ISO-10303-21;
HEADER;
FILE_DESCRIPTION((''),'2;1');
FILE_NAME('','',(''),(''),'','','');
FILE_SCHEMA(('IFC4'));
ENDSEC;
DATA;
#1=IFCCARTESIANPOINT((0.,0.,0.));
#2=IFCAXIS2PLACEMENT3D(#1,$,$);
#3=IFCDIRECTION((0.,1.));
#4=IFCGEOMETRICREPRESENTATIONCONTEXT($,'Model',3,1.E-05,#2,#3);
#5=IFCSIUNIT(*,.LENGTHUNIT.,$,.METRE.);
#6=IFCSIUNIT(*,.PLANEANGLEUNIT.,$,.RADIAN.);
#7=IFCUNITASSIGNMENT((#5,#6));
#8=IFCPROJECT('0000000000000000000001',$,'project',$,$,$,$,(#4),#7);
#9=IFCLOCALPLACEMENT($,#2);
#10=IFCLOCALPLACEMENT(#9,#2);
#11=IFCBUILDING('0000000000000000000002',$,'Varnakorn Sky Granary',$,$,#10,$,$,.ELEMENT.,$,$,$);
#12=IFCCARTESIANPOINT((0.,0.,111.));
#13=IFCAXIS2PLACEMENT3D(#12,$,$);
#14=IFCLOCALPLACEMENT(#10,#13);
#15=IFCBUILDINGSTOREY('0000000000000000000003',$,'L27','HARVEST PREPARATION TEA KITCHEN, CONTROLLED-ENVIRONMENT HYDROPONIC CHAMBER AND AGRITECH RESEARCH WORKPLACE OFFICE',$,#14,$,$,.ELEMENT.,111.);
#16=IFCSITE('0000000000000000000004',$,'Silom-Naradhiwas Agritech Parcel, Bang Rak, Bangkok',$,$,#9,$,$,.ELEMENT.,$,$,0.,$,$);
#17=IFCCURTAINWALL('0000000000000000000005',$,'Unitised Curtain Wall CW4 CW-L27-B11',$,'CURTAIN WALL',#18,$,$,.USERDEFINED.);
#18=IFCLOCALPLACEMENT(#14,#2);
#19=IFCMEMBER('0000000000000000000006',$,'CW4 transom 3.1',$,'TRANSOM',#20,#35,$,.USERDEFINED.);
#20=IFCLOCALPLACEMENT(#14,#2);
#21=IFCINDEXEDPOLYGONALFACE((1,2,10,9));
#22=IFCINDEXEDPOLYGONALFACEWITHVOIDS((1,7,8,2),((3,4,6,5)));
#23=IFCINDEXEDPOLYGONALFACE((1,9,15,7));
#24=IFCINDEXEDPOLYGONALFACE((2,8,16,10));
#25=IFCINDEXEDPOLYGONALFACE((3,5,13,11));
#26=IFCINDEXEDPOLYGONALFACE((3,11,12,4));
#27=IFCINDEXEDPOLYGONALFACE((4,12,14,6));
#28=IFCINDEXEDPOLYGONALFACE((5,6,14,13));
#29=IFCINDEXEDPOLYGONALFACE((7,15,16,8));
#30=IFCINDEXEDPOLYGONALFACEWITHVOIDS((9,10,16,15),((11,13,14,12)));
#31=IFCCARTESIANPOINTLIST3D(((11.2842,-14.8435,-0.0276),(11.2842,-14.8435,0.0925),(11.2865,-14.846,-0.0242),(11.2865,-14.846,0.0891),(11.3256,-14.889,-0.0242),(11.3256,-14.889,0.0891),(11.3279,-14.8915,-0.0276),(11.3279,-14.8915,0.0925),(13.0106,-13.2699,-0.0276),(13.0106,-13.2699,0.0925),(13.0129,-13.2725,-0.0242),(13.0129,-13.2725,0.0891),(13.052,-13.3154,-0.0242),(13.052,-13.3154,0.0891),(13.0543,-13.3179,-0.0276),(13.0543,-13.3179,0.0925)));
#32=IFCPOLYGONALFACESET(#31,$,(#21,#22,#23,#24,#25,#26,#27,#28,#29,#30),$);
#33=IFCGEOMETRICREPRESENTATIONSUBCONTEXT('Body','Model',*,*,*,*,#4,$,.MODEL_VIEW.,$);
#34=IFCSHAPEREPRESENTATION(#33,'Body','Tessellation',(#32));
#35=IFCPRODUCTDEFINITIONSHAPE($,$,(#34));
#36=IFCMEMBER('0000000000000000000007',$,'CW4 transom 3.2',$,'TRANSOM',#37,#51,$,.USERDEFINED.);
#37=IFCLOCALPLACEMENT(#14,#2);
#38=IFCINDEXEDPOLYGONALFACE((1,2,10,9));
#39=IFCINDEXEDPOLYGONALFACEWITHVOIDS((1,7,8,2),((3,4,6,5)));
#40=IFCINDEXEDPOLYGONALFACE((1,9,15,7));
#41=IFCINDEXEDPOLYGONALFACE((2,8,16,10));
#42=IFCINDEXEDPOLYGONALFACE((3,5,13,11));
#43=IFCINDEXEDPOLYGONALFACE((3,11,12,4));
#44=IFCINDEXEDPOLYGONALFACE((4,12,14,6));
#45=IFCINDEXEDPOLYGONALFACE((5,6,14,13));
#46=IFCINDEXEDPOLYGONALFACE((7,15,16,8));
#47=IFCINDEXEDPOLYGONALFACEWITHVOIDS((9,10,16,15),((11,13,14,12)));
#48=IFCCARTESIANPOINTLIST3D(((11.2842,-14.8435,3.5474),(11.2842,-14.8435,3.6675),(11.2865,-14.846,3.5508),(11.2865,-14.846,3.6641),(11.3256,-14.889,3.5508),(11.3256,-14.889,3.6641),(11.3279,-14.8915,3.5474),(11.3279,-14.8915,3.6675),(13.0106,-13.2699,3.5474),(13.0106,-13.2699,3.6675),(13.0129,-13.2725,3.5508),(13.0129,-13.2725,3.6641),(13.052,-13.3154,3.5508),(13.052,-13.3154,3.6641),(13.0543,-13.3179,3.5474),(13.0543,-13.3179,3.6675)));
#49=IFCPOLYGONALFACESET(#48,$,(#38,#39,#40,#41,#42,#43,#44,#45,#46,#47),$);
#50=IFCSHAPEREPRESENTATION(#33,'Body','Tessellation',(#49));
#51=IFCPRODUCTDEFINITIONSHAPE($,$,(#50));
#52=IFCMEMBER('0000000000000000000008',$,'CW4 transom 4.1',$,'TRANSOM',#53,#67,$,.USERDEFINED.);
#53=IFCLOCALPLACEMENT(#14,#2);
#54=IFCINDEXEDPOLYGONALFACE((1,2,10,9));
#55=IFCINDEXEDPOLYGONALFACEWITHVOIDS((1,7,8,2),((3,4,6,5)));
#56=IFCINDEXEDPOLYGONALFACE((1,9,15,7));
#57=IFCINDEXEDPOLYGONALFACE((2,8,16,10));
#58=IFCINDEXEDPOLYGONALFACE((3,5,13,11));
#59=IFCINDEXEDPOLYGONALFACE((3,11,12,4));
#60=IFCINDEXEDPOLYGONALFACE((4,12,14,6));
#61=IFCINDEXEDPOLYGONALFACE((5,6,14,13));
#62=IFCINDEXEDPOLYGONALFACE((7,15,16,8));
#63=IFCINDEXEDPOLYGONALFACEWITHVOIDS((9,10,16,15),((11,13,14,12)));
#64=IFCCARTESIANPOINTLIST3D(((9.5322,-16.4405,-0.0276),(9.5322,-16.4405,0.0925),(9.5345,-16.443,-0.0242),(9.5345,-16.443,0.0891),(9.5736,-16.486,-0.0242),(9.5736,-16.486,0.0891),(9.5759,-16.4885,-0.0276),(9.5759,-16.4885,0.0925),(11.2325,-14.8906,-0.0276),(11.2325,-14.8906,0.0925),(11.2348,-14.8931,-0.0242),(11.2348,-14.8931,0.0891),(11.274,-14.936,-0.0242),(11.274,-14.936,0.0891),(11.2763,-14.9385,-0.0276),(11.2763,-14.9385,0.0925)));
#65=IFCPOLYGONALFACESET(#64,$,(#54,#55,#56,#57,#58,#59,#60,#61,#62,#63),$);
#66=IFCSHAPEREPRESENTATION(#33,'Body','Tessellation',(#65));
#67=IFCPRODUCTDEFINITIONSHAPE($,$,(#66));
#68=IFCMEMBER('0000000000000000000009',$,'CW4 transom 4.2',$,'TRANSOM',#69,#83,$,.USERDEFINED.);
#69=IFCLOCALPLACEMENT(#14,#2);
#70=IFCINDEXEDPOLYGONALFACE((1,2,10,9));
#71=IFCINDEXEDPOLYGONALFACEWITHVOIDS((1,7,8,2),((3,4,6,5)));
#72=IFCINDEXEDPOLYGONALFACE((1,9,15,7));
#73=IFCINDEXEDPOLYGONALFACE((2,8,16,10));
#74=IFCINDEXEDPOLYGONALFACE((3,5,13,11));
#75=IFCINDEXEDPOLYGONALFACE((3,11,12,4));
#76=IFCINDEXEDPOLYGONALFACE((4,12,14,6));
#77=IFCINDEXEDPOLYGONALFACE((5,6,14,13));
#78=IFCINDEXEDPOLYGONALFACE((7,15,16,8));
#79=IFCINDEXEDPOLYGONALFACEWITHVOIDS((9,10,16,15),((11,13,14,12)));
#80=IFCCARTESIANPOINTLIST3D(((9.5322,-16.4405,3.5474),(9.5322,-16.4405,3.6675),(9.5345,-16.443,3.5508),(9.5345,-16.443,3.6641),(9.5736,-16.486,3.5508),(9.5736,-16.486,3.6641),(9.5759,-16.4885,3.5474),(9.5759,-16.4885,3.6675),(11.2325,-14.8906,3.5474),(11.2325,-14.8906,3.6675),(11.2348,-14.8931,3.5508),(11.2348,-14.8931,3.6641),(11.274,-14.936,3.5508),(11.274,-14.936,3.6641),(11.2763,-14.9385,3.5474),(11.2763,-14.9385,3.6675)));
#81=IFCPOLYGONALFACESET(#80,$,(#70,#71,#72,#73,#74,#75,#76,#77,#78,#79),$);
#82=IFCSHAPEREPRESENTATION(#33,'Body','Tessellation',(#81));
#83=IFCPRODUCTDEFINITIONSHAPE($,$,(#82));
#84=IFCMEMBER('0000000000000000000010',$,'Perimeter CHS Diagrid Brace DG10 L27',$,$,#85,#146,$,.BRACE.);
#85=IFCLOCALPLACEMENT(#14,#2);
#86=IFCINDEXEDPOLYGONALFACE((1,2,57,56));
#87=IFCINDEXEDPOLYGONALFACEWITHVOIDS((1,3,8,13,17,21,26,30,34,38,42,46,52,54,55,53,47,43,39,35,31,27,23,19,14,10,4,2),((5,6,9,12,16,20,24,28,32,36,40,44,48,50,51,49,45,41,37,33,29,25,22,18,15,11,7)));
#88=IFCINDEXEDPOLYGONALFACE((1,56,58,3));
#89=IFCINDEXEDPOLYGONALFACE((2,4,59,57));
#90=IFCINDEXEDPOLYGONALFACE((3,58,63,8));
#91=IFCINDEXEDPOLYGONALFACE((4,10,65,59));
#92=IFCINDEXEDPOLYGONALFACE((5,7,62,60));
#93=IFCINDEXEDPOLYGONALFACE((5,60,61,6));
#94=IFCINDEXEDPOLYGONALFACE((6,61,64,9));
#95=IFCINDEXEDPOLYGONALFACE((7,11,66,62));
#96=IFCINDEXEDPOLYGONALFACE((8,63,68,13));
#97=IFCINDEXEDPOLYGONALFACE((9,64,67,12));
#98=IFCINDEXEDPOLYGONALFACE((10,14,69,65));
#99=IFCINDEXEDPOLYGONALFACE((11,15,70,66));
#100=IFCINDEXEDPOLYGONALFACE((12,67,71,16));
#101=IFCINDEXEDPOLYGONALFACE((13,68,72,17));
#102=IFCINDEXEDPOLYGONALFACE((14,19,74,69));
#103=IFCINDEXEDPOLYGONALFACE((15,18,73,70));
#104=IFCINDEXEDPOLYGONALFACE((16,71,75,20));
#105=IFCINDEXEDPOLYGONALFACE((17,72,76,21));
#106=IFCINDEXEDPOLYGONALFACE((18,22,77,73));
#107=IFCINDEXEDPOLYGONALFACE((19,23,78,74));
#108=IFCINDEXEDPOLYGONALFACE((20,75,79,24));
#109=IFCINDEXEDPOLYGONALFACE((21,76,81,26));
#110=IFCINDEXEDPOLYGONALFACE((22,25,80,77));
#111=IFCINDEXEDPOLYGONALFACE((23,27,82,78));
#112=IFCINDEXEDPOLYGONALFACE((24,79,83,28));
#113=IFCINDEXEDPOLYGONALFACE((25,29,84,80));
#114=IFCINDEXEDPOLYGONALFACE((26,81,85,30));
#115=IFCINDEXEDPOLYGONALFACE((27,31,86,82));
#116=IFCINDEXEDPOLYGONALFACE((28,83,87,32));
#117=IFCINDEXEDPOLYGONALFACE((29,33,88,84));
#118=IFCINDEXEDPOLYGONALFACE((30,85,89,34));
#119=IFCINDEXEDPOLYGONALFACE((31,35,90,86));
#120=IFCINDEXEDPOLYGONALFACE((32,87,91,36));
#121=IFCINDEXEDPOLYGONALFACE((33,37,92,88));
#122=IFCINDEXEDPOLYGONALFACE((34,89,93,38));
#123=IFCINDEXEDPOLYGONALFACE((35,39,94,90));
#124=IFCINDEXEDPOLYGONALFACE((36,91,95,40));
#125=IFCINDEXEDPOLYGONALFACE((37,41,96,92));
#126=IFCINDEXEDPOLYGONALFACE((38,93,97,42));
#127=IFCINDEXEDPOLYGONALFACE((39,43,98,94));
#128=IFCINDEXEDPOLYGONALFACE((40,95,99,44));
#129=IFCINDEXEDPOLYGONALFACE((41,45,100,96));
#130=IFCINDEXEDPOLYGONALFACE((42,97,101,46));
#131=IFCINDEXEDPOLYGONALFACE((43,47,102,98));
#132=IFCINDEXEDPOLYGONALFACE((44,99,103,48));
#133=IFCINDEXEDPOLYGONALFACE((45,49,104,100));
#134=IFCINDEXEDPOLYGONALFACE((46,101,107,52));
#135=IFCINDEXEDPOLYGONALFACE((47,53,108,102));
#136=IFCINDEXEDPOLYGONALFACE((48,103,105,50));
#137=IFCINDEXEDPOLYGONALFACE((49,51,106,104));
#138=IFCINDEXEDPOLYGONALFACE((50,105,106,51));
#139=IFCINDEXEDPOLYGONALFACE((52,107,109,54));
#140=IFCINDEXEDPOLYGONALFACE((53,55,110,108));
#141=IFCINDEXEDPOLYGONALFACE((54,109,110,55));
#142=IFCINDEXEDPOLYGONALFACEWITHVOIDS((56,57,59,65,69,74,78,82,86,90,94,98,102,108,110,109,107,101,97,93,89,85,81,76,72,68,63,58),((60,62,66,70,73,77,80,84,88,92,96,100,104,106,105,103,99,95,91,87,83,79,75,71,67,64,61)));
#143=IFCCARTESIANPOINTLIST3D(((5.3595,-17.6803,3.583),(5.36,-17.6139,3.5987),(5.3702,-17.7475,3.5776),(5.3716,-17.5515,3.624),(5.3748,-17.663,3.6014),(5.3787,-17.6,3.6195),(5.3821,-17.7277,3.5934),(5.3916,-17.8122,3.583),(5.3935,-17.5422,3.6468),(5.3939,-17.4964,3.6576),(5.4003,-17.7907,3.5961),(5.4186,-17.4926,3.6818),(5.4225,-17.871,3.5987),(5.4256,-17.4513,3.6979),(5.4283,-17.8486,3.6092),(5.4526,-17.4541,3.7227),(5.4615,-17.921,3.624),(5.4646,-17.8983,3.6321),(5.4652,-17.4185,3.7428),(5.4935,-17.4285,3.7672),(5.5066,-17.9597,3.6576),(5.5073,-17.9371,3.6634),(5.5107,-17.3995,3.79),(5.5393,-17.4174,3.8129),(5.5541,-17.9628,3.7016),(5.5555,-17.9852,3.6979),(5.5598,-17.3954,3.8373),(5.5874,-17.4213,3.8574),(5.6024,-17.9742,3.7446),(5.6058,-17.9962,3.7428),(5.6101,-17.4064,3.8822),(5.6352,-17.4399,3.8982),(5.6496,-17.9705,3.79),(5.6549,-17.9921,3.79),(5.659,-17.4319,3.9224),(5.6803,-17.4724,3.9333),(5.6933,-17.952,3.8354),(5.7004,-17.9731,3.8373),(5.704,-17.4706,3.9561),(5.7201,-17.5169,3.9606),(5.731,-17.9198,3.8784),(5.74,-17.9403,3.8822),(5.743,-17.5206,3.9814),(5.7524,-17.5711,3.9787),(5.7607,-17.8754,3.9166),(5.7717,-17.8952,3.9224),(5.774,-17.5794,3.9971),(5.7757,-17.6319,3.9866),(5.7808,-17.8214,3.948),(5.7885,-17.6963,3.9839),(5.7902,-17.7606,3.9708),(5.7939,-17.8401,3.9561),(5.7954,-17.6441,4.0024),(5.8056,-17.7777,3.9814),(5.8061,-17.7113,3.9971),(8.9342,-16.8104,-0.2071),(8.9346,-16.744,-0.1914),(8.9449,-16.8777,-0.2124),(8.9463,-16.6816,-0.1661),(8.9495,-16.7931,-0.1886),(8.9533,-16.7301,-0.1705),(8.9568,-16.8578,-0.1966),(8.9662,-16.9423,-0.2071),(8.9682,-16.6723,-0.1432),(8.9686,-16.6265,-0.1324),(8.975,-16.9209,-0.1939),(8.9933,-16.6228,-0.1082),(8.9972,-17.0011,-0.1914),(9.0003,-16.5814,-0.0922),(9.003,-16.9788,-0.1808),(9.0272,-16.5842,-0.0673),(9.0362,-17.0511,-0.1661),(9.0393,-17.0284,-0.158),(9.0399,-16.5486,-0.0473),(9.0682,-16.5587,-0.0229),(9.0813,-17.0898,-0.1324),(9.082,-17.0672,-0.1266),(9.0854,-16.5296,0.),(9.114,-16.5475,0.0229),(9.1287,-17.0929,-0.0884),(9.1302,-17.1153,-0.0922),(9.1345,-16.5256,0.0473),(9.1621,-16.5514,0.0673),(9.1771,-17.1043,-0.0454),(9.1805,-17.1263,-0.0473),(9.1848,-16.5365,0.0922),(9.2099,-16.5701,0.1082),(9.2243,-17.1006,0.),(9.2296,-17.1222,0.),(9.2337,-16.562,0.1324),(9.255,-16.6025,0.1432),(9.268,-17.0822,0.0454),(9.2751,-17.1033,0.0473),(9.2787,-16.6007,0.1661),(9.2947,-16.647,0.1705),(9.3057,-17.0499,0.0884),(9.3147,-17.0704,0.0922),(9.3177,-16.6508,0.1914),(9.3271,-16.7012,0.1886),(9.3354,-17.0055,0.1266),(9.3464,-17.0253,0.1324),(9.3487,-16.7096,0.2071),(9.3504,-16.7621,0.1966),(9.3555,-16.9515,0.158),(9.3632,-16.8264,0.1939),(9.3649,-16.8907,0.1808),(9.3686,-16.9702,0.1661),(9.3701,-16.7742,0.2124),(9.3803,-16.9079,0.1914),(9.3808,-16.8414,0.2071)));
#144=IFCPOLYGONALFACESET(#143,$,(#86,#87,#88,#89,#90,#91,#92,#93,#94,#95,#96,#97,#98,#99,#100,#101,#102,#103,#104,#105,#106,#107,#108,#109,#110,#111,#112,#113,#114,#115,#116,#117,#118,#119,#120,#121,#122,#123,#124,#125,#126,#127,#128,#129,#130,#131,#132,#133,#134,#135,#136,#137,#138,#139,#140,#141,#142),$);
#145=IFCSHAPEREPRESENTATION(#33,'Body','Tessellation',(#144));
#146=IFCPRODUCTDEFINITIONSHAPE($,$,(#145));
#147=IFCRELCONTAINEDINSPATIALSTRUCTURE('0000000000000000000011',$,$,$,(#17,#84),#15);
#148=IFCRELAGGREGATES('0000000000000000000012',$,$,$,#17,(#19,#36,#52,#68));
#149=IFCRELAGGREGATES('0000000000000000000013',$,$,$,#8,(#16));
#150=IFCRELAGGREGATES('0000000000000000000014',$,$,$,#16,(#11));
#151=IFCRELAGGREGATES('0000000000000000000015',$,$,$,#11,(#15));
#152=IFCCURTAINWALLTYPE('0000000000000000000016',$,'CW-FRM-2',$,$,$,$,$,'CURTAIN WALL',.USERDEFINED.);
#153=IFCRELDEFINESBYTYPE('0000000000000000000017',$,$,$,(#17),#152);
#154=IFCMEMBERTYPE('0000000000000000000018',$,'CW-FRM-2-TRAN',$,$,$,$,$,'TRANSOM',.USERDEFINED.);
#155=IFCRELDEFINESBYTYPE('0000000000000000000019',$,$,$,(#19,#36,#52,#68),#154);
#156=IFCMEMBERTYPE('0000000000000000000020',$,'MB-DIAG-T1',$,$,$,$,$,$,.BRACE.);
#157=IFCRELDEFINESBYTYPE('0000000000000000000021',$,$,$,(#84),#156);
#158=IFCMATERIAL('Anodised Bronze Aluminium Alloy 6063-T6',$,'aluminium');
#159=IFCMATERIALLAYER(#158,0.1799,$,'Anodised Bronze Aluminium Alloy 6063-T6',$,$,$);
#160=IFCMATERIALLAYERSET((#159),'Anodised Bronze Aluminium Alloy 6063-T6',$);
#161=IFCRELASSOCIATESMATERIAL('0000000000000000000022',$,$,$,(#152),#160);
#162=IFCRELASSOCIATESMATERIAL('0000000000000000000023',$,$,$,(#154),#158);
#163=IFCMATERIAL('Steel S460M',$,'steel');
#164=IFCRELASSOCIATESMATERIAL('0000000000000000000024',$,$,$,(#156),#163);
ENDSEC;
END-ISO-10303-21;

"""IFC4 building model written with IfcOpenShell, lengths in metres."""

from ifc_helpers import new_model, si_unit, direction, frame, origin, origin_2d, place, context, subcontext, project, spatial, hollow_rectangle, hollow_circle, extrude, material, layer, layer_set, material_profile, profile_set, type_object, element, aggregate, save


model = new_model("IFC4")

# Units and contexts
model_context = context("Model", 3, precision=1e-05, world=origin(), true_north=direction((0.0, 1.0)))
body_context = subcontext(model_context, "Body", "Model", "MODEL_VIEW")
ifc_project = project(units=[si_unit("LENGTHUNIT", "METRE"), si_unit("PLANEANGLEUNIT", "RADIAN")], contexts=[model_context])

# Site, building, storey
site_placement = place(None, origin())
site = spatial("IfcSite", under=ifc_project, at=site_placement, Name="Silom-Naradhiwas Agritech Parcel, Bang Rak, Bangkok", CompositionType="ELEMENT", RefElevation=0.0)
building_placement = place(site_placement, origin())
building = spatial("IfcBuilding", under=site, at=building_placement, Name="Varnakorn Sky Granary", CompositionType="ELEMENT")
storey_placement = place(building_placement, frame((0.0, 0.0, 111.0)))
storey = spatial("IfcBuildingStorey", under=building, at=storey_placement, Name="L27", Description="HARVEST PREPARATION TEA KITCHEN, CONTROLLED-ENVIRONMENT HYDROPONIC CHAMBER AND AGRITECH RESEARCH WORKPLACE OFFICE", CompositionType="ELEMENT", Elevation=111.0)

# Shared definitions
ifc_material_1 = material(Name="Steel S460M", Category="steel")

# Curtain wall, members
ifc_material_2 = material(Name="Anodised Bronze Aluminium Alloy 6063-T6", Category="aluminium")
ifc_layer_1 = layer(ifc_material_2, 0.1799, Name="Anodised Bronze Aluminium Alloy 6063-T6")
ifc_layer_set_1 = layer_set([ifc_layer_1], Name="Anodised Bronze Aluminium Alloy 6063-T6")
curtain_wall_type = type_object("IfcCurtainWallType", Name="CW-FRM-2", ElementType="CURTAIN WALL", PredefinedType="USERDEFINED", material=ifc_layer_set_1)
curtain_wall_placement = place(storey_placement, origin())
curtain_wall = element("IfcCurtainWall", 1, at=curtain_wall_placement, inside=storey, type_object=curtain_wall_type, Name="Unitised Curtain Wall CW4 CW-L27-B11", ObjectType="CURTAIN WALL", PredefinedType="USERDEFINED")
ifc_material_profile_1 = material_profile(ifc_material_2, hollow_rectangle(XDim=0.0649, YDim=0.1201, WallThickness=0.0034, at=origin_2d()), Name="ALU TRAN 65x120")
ifc_profile_set_1 = profile_set([ifc_material_profile_1], Name="Anodised Bronze Aluminium Alloy 6063-T6")
member_type_1 = type_object("IfcMemberType", Name="CW-FRM-2-TRAN", ElementType="TRANSOM", PredefinedType="USERDEFINED", material=ifc_profile_set_1)
member_1_placement = place(storey_placement, frame((13.0325, -13.2939, 0.0325), z_axis=(-0.739065, -0.673635, 0.0), x_axis=(0.673635, -0.739065, 0.0)))
member_1 = element("IfcMember", 2, at=member_1_placement, type_object=member_type_1, Name="CW4 transom 3.1", ObjectType="TRANSOM", PredefinedType="USERDEFINED", context=body_context, shape_type="SweptSolid", body=[
    extrude(hollow_rectangle(XDim=0.0649, YDim=0.1201, WallThickness=0.0034, at=origin_2d()), origin(), (0.0, 0.0, 1.0), 2.3359),
])
member_2_placement = place(storey_placement, frame((13.0325, -13.2939, 3.6074), z_axis=(-0.739065, -0.673635, 0.0), x_axis=(0.673635, -0.739065, 0.0)))
member_2 = element("IfcMember", 3, at=member_2_placement, type_object=member_type_1, Name="CW4 transom 3.2", ObjectType="TRANSOM", PredefinedType="USERDEFINED", context=body_context, shape_type="SweptSolid", body=[
    extrude(hollow_rectangle(XDim=0.0649, YDim=0.1201, WallThickness=0.0034, at=origin_2d()), origin(), (0.0, 0.0, 1.0), 2.3359),
])
member_3_placement = place(storey_placement, frame((11.2544, -14.9146, 0.0325), z_axis=(-0.739032, -0.67367, 0.0), x_axis=(0.67367, -0.739032, 0.0)))
member_3 = element("IfcMember", 4, at=member_3_placement, type_object=member_type_1, Name="CW4 transom 4.1", ObjectType="TRANSOM", PredefinedType="USERDEFINED", context=body_context, shape_type="SweptSolid", body=[
    extrude(hollow_rectangle(XDim=0.0649, YDim=0.1201, WallThickness=0.0034, at=origin_2d()), origin(), (0.0, 0.0, 1.0), 2.3008),
])
member_4_placement = place(storey_placement, frame((11.2544, -14.9146, 3.6074), z_axis=(-0.739032, -0.67367, 0.0), x_axis=(0.67367, -0.739032, 0.0)))
member_4 = element("IfcMember", 5, at=member_4_placement, type_object=member_type_1, Name="CW4 transom 4.2", ObjectType="TRANSOM", PredefinedType="USERDEFINED", context=body_context, shape_type="SweptSolid", body=[
    extrude(hollow_rectangle(XDim=0.0649, YDim=0.1201, WallThickness=0.0034, at=origin_2d()), origin(), (0.0, 0.0, 1.0), 2.3008),
])

# Member
ifc_material_profile_2 = material_profile(ifc_material_1, hollow_circle(Radius=0.3049, WallThickness=0.0222, at=origin_2d()), Name="CHS 610x22")
ifc_profile_set_2 = profile_set([ifc_material_profile_2], Name="Steel S460M")
member_type_2 = type_object("IfcMemberType", Name="MB-DIAG-T1", PredefinedType="BRACE", material=ifc_profile_set_2)
member_5_placement = place(storey_placement, frame((9.1575, -16.8259, 0.0), z_axis=(-0.676771, -0.164686, 0.717538), x_axis=(0.236441, -0.971646, 0.0)))
element("IfcMember", 6, at=member_5_placement, inside=storey, type_object=member_type_2, Name="Perimeter CHS Diagrid Brace DG10 L27", PredefinedType="BRACE", context=body_context, shape_type="SweptSolid", body=[
    extrude(hollow_circle(Radius=0.3049, WallThickness=0.0222, at=origin_2d()), origin(), (0.0, 0.0, 1.0), 5.282),
])

aggregate(curtain_wall, [member_1, member_2, member_3, member_4])

save(model, "model.ifc")
